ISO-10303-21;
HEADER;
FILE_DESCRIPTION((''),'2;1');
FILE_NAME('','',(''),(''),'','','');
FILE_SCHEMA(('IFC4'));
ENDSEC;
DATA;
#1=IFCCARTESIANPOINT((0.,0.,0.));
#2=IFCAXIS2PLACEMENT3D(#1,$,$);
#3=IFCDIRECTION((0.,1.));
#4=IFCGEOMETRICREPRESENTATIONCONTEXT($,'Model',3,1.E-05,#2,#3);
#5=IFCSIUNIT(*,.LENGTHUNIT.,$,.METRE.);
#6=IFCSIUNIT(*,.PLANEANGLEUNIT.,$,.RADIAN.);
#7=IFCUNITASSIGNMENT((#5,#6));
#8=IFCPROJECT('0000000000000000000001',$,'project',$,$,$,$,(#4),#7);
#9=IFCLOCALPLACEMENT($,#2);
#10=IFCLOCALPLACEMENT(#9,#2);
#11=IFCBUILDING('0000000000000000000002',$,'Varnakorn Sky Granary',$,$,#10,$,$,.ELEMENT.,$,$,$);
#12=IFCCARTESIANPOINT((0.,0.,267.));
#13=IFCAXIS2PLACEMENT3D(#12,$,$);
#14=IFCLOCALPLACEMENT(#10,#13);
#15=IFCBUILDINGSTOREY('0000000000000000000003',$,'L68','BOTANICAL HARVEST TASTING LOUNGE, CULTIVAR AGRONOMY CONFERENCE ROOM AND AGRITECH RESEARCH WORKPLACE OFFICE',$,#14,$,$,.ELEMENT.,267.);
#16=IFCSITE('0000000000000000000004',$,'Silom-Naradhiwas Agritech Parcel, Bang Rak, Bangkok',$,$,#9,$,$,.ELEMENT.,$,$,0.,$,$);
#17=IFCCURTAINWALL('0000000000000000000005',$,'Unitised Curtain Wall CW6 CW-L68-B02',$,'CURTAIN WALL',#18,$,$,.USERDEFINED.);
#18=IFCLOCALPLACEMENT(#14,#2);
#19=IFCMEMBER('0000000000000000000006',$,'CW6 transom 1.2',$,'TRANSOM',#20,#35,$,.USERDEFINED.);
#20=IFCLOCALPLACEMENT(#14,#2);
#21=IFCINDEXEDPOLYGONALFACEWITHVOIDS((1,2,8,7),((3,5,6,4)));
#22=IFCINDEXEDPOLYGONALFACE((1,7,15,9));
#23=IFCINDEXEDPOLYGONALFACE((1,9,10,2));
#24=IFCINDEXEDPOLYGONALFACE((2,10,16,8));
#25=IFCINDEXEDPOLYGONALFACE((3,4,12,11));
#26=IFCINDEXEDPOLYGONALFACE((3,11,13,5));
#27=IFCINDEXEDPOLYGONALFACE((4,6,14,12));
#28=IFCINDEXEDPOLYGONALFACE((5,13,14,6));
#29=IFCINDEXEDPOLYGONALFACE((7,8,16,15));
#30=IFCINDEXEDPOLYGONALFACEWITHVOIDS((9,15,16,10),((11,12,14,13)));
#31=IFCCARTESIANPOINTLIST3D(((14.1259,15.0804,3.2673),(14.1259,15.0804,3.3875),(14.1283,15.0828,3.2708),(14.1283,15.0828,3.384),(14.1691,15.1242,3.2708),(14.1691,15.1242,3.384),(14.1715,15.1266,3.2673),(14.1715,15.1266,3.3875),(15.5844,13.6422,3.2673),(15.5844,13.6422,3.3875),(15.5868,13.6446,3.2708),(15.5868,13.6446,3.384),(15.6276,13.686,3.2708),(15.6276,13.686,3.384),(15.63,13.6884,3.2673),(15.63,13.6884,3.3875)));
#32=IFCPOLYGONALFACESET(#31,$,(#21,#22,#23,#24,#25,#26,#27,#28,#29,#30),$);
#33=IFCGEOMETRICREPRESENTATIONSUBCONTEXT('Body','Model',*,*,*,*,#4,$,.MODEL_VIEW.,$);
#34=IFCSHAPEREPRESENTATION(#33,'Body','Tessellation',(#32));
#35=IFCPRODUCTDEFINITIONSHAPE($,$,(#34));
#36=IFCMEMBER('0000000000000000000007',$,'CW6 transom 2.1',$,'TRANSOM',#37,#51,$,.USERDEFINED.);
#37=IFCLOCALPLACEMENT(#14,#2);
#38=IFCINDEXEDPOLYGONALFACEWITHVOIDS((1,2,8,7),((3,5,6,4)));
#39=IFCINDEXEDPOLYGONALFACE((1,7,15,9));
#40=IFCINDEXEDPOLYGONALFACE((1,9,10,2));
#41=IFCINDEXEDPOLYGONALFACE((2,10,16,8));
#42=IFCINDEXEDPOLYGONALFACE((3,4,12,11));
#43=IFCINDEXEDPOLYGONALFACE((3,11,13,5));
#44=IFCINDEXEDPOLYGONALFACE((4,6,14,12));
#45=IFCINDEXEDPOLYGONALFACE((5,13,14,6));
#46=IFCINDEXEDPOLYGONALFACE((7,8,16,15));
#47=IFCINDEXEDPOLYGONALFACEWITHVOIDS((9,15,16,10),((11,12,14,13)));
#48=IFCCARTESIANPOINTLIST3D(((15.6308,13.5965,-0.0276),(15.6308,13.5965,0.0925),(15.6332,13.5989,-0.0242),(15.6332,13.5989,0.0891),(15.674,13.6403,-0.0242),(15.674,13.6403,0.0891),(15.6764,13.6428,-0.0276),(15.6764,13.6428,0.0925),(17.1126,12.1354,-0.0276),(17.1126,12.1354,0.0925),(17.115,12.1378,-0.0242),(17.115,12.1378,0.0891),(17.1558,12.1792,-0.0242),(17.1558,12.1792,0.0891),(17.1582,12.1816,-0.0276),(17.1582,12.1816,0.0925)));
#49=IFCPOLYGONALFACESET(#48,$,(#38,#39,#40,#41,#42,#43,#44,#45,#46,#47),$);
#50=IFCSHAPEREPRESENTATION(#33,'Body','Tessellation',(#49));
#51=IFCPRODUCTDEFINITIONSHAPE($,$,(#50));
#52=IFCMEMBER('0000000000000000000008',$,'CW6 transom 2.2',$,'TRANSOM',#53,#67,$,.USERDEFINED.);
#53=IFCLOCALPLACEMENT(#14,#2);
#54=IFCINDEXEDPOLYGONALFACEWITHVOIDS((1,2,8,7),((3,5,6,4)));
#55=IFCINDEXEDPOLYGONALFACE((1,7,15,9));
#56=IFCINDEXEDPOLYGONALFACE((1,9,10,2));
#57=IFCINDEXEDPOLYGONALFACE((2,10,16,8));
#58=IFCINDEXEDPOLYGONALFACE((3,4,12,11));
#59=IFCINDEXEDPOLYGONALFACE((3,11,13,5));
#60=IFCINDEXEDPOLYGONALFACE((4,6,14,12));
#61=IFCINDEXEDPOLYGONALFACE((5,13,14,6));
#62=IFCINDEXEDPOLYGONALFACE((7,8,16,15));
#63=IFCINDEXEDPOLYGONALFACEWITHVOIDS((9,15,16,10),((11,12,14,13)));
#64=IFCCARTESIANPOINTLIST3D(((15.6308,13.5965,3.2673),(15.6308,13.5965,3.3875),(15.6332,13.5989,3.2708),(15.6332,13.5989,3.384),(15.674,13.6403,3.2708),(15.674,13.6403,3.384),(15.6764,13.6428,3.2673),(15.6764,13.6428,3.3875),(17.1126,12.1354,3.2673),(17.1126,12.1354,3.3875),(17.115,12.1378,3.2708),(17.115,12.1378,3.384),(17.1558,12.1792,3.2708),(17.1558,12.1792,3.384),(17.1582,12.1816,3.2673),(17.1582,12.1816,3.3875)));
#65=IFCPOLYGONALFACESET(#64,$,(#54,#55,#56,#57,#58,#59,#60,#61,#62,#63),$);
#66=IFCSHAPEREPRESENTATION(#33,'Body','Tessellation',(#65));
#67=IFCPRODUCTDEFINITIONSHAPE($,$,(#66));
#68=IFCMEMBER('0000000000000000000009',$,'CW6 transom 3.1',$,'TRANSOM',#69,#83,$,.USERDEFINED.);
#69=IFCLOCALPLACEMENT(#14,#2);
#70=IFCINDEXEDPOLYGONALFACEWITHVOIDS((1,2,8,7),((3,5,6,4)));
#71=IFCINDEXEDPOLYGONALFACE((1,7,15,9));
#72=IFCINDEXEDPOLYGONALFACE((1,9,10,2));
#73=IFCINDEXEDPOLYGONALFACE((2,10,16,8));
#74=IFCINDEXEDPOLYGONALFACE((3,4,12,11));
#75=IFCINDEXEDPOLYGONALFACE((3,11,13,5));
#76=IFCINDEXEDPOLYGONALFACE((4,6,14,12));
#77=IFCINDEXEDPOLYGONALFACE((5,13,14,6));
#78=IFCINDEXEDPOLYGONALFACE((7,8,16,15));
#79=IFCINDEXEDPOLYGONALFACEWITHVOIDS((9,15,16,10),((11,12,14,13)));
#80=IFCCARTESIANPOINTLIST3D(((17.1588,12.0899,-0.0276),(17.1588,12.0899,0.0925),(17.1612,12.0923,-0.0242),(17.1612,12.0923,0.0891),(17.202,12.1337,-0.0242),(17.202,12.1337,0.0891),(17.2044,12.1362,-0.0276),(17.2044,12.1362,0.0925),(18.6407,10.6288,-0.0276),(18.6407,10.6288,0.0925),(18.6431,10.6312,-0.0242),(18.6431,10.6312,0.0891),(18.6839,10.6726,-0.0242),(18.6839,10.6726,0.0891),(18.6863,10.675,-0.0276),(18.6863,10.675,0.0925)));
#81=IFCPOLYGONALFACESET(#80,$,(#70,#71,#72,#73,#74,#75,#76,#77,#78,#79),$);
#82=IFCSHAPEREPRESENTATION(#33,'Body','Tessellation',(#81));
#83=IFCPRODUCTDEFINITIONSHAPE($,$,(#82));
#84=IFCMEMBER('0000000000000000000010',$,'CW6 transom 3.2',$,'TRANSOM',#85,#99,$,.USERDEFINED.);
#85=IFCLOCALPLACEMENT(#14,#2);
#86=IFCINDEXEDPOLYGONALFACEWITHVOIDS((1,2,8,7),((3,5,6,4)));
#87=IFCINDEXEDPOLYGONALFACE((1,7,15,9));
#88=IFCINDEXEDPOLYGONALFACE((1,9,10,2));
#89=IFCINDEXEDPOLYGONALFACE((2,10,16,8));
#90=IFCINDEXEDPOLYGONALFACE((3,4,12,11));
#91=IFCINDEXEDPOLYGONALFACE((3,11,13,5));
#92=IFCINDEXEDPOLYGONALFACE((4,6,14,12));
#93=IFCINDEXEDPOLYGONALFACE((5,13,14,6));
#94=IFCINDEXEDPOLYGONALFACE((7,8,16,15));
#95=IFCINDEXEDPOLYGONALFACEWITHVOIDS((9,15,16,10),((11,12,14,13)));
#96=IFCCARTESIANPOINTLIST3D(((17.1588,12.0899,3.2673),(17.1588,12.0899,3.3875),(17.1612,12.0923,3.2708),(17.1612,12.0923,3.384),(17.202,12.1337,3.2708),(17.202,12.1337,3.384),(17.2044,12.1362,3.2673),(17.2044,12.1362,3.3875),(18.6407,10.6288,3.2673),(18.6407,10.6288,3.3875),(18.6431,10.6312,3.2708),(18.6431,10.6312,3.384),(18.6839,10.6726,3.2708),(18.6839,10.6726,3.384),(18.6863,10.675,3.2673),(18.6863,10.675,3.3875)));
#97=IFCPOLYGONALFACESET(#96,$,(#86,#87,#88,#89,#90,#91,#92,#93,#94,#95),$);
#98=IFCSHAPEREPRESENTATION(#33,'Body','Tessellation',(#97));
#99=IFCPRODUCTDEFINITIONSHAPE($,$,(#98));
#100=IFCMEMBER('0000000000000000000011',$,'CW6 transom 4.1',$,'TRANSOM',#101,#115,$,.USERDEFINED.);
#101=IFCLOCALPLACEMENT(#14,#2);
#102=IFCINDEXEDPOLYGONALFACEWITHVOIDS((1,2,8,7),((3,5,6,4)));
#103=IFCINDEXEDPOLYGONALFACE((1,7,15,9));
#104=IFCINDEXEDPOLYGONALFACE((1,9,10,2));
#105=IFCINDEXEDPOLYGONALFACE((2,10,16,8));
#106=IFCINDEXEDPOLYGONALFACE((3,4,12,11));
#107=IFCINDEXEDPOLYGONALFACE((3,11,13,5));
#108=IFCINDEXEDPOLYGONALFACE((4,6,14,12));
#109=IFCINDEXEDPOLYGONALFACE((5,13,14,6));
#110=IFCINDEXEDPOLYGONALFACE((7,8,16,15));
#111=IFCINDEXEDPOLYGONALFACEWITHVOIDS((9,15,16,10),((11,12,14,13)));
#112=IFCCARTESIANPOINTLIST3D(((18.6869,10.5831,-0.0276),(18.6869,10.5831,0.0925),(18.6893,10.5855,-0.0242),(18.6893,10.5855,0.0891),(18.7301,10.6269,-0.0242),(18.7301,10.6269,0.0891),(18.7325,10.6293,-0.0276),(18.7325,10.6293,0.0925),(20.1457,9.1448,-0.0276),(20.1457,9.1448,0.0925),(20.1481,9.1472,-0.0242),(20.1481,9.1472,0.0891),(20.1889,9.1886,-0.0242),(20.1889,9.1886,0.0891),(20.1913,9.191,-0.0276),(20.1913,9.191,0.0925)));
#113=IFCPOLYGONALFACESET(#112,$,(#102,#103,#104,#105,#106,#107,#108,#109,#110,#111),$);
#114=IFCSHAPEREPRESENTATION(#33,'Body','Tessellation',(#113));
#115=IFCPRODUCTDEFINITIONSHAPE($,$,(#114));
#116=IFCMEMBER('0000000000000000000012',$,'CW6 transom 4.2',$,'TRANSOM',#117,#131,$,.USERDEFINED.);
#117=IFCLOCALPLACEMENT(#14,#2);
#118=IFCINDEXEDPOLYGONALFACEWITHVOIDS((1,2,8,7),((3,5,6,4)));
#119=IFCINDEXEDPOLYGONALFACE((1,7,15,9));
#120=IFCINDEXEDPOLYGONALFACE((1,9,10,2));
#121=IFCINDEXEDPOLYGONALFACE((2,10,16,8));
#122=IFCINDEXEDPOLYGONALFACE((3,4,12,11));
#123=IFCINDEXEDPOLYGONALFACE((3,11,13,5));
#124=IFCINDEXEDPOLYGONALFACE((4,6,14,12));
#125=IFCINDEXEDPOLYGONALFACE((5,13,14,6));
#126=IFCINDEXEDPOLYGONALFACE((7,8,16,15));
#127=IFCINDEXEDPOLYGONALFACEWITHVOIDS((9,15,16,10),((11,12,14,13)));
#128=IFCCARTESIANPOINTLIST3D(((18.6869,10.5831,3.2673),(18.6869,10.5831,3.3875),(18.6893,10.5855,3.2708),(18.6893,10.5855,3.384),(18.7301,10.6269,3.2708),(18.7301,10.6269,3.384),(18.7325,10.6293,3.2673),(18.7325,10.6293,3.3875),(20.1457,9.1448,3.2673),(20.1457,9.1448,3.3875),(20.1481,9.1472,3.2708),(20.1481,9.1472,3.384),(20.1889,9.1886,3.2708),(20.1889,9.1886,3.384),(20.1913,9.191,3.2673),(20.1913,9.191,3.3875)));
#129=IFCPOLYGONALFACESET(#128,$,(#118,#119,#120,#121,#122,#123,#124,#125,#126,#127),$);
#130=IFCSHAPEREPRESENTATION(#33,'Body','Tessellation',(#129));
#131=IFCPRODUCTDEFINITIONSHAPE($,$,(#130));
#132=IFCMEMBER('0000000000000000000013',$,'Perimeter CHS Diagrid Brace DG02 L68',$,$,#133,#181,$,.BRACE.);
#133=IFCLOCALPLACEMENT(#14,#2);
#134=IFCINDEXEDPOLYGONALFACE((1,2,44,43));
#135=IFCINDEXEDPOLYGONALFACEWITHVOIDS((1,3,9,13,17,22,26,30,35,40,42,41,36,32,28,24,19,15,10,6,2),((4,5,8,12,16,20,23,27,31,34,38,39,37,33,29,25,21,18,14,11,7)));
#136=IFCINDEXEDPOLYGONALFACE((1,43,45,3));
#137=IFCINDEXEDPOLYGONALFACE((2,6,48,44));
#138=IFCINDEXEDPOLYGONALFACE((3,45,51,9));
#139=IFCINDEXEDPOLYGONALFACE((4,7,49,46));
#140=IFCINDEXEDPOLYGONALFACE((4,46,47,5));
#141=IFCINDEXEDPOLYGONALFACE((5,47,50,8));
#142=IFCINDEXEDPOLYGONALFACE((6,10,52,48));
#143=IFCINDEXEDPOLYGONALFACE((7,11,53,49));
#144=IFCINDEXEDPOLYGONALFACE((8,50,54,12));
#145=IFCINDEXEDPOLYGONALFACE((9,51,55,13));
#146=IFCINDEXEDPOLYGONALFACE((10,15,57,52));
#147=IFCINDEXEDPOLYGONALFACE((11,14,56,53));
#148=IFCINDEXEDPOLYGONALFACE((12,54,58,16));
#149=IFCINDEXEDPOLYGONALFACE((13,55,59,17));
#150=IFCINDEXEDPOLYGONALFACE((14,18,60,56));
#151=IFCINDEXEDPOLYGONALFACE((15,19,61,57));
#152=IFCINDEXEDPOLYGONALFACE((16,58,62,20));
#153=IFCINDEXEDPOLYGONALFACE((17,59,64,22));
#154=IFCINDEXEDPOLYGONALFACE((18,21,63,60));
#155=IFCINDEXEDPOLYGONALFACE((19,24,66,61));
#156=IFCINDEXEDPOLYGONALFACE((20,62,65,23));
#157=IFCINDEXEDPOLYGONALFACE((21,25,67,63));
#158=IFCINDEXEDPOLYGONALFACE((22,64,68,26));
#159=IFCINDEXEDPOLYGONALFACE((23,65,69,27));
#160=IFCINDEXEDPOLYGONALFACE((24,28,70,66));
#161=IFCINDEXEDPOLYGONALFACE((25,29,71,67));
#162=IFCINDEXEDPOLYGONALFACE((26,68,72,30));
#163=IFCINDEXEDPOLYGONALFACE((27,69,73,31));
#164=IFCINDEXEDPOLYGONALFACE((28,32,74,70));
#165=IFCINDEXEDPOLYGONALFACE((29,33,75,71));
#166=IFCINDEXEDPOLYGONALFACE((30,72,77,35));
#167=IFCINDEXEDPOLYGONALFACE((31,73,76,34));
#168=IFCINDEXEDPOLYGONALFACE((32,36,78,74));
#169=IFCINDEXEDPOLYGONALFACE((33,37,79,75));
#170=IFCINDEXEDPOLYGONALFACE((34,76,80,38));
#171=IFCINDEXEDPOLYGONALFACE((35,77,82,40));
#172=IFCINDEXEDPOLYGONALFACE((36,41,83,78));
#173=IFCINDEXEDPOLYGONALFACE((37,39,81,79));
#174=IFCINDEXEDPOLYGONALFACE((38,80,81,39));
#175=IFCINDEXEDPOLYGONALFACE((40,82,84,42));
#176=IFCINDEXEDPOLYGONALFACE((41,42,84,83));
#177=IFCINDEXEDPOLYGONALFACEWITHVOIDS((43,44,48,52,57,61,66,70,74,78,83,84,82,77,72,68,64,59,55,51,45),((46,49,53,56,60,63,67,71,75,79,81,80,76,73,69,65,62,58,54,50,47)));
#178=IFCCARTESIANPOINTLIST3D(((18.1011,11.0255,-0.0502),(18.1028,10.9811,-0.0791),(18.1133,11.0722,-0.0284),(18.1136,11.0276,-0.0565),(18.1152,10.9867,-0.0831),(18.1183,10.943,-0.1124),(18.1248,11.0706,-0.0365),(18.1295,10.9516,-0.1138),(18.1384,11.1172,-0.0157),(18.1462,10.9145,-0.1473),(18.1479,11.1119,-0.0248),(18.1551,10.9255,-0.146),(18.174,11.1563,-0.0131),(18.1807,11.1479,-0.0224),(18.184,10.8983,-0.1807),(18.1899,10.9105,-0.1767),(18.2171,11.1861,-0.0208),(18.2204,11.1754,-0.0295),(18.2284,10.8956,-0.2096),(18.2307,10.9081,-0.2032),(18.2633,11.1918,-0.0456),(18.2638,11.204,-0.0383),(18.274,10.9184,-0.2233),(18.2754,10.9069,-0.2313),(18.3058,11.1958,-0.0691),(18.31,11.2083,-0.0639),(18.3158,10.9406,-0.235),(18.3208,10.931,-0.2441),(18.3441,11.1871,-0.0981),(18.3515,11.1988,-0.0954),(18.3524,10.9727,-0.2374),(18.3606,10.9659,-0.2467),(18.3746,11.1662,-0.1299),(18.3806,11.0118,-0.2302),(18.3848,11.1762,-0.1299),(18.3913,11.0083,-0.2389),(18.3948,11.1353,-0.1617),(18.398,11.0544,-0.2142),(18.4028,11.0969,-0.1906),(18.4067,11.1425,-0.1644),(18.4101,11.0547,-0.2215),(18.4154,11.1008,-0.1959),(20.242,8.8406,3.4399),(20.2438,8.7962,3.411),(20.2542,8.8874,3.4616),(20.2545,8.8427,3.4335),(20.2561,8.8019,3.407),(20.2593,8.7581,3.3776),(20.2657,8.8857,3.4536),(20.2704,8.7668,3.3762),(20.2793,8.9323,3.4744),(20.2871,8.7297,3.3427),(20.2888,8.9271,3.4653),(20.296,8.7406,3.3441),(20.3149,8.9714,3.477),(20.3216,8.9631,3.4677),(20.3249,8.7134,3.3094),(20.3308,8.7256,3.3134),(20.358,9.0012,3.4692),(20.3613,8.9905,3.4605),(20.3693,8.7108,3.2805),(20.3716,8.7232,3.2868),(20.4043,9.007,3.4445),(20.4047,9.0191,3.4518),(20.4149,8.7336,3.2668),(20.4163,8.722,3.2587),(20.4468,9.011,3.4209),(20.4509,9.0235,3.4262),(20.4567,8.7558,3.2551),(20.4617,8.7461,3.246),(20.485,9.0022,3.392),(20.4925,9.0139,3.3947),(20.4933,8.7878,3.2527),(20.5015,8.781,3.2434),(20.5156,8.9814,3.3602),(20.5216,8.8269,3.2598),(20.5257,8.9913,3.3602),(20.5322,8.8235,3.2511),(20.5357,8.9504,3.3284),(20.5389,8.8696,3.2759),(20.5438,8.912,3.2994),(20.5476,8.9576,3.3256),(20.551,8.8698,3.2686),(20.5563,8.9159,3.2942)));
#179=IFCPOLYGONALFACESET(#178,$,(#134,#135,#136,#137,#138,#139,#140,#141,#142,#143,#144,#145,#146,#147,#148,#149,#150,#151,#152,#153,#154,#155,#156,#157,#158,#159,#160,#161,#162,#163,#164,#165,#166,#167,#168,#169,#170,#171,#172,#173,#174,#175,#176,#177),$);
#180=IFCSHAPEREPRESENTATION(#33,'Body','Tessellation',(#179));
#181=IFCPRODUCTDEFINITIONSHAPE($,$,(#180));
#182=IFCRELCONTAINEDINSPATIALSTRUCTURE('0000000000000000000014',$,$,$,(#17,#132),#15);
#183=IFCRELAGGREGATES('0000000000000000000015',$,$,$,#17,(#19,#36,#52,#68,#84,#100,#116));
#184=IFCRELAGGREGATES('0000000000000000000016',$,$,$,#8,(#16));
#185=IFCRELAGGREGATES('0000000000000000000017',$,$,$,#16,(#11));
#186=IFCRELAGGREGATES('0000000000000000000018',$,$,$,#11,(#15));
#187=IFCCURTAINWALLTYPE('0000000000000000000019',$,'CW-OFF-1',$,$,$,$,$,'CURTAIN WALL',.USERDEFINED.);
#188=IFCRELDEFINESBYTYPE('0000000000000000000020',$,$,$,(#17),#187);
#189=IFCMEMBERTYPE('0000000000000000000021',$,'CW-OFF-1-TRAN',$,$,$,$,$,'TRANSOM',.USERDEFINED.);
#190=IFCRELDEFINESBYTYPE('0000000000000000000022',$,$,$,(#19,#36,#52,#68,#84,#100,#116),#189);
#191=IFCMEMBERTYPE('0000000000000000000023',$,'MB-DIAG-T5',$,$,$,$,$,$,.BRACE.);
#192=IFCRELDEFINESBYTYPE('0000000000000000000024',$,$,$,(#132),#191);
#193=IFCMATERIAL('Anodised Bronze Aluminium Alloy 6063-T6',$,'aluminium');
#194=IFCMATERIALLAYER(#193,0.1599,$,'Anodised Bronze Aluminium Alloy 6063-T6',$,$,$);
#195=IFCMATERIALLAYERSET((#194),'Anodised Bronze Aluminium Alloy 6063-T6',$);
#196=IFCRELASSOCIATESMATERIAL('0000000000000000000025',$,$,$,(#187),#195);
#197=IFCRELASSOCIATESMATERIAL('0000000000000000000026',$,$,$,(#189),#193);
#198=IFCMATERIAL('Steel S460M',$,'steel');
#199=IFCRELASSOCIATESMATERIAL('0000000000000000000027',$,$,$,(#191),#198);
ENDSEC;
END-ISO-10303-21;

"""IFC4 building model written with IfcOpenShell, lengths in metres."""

from ifc_helpers import new_model, si_unit, direction, frame, origin, origin_2d, place, context, subcontext, project, spatial, hollow_rectangle, hollow_circle, extrude, material, layer, layer_set, material_profile, profile_set, type_object, element, aggregate, save


model = new_model("IFC4")

# Units and contexts
model_context = context("Model", 3, precision=1e-05, world=origin(), true_north=direction((0.0, 1.0)))
body_context = subcontext(model_context, "Body", "Model", "MODEL_VIEW")
ifc_project = project(units=[si_unit("LENGTHUNIT", "METRE"), si_unit("PLANEANGLEUNIT", "RADIAN")], contexts=[model_context])

# Site, building, storey
site_placement = place(None, origin())
site = spatial("IfcSite", under=ifc_project, at=site_placement, Name="Silom-Naradhiwas Agritech Parcel, Bang Rak, Bangkok", CompositionType="ELEMENT", RefElevation=0.0)
building_placement = place(site_placement, origin())
building = spatial("IfcBuilding", under=site, at=building_placement, Name="Varnakorn Sky Granary", CompositionType="ELEMENT")
storey_placement = place(building_placement, frame((0.0, 0.0, 267.0)))
storey = spatial("IfcBuildingStorey", under=building, at=storey_placement, Name="L68", Description="BOTANICAL HARVEST TASTING LOUNGE, CULTIVAR AGRONOMY CONFERENCE ROOM AND AGRITECH RESEARCH WORKPLACE OFFICE", CompositionType="ELEMENT", Elevation=267.0)

# Shared definitions
ifc_material_1 = material(Name="Steel S460M", Category="steel")

# Curtain wall, members
ifc_material_2 = material(Name="Anodised Bronze Aluminium Alloy 6063-T6", Category="aluminium")
ifc_layer_1 = layer(ifc_material_2, 0.1599, Name="Anodised Bronze Aluminium Alloy 6063-T6")
ifc_layer_set_1 = layer_set([ifc_layer_1], Name="Anodised Bronze Aluminium Alloy 6063-T6")
curtain_wall_type = type_object("IfcCurtainWallType", Name="CW-OFF-1", ElementType="CURTAIN WALL", PredefinedType="USERDEFINED", material=ifc_layer_set_1)
curtain_wall_placement = place(storey_placement, origin())
curtain_wall = element("IfcCurtainWall", 1, at=curtain_wall_placement, inside=storey, type_object=curtain_wall_type, Name="Unitised Curtain Wall CW6 CW-L68-B02", ObjectType="CURTAIN WALL", PredefinedType="USERDEFINED")
ifc_material_profile_1 = material_profile(ifc_material_2, hollow_rectangle(XDim=0.0649, YDim=0.1201, WallThickness=0.0034, at=origin_2d()), Name="ALU TRAN 65x120")
ifc_profile_set_1 = profile_set([ifc_material_profile_1], Name="Anodised Bronze Aluminium Alloy 6063-T6")
member_type_1 = type_object("IfcMemberType", Name="CW-OFF-1-TRAN", ElementType="TRANSOM", PredefinedType="USERDEFINED", material=ifc_profile_set_1)
member_1_placement = place(storey_placement, frame((14.1487, 15.1035, 3.3274), z_axis=(0.712036, -0.702143, 0.0), x_axis=(0.702143, 0.712036, 0.0)))
member_1 = element("IfcMember", 2, at=member_1_placement, type_object=member_type_1, Name="CW6 transom 1.2", ObjectType="TRANSOM", PredefinedType="USERDEFINED", context=body_context, shape_type="SweptSolid", body=[
    extrude(hollow_rectangle(XDim=0.0649, YDim=0.1201, WallThickness=0.0034, at=origin_2d()), origin(), (0.0, 0.0, 1.0), 2.0483),
])
member_2_placement = place(storey_placement, frame((15.6536, 13.6196, 0.0325), z_axis=(0.712075, -0.702104, 0.0), x_axis=(0.702104, 0.712075, 0.0)))
member_2 = element("IfcMember", 3, at=member_2_placement, type_object=member_type_1, Name="CW6 transom 2.1", ObjectType="TRANSOM", PredefinedType="USERDEFINED", context=body_context, shape_type="SweptSolid", body=[
    extrude(hollow_rectangle(XDim=0.0649, YDim=0.1201, WallThickness=0.0034, at=origin_2d()), origin(), (0.0, 0.0, 1.0), 2.0811),
])
member_3_placement = place(storey_placement, frame((15.6536, 13.6196, 3.3274), z_axis=(0.712075, -0.702104, 0.0), x_axis=(0.702104, 0.712075, 0.0)))
member_3 = element("IfcMember", 4, at=member_3_placement, type_object=member_type_1, Name="CW6 transom 2.2", ObjectType="TRANSOM", PredefinedType="USERDEFINED", context=body_context, shape_type="SweptSolid", body=[
    extrude(hollow_rectangle(XDim=0.0649, YDim=0.1201, WallThickness=0.0034, at=origin_2d()), origin(), (0.0, 0.0, 1.0), 2.0811),
])
member_4_placement = place(storey_placement, frame((17.1816, 12.113, 0.0325), z_axis=(0.712075, -0.702104, 0.0), x_axis=(0.702104, 0.712075, 0.0)))
member_4 = element("IfcMember", 5, at=member_4_placement, type_object=member_type_1, Name="CW6 transom 3.1", ObjectType="TRANSOM", PredefinedType="USERDEFINED", context=body_context, shape_type="SweptSolid", body=[
    extrude(hollow_rectangle(XDim=0.0649, YDim=0.1201, WallThickness=0.0034, at=origin_2d()), origin(), (0.0, 0.0, 1.0), 2.0811),
])
member_5_placement = place(storey_placement, frame((17.1816, 12.113, 3.3274), z_axis=(0.712075, -0.702104, 0.0), x_axis=(0.702104, 0.712075, 0.0)))
member_5 = element("IfcMember", 6, at=member_5_placement, type_object=member_type_1, Name="CW6 transom 3.2", ObjectType="TRANSOM", PredefinedType="USERDEFINED", context=body_context, shape_type="SweptSolid", body=[
    extrude(hollow_rectangle(XDim=0.0649, YDim=0.1201, WallThickness=0.0034, at=origin_2d()), origin(), (0.0, 0.0, 1.0), 2.0811),
])
member_6_placement = place(storey_placement, frame((18.7097, 10.6062, 0.0325), z_axis=(0.712095, -0.702084, 0.0), x_axis=(0.702084, 0.712095, 0.0)))
member_6 = element("IfcMember", 7, at=member_6_placement, type_object=member_type_1, Name="CW6 transom 4.1", ObjectType="TRANSOM", PredefinedType="USERDEFINED", context=body_context, shape_type="SweptSolid", body=[
    extrude(hollow_rectangle(XDim=0.0649, YDim=0.1201, WallThickness=0.0034, at=origin_2d()), origin(), (0.0, 0.0, 1.0), 2.0486),
])
member_7_placement = place(storey_placement, frame((18.7097, 10.6062, 3.3274), z_axis=(0.712095, -0.702084, 0.0), x_axis=(0.702084, 0.712095, 0.0)))
member_7 = element("IfcMember", 8, at=member_7_placement, type_object=member_type_1, Name="CW6 transom 4.2", ObjectType="TRANSOM", PredefinedType="USERDEFINED", context=body_context, shape_type="SweptSolid", body=[
    extrude(hollow_rectangle(XDim=0.0649, YDim=0.1201, WallThickness=0.0034, at=origin_2d()), origin(), (0.0, 0.0, 1.0), 2.0486),
])

# Member
ifc_material_profile_2 = material_profile(ifc_material_1, hollow_circle(Radius=0.1777, WallThickness=0.0142, at=origin_2d()), Name="CHS 355.6x14")
ifc_profile_set_2 = profile_set([ifc_material_profile_2], Name="Steel S460M")
member_type_2 = type_object("IfcMemberType", Name="MB-DIAG-T5", PredefinedType="BRACE", material=ifc_profile_set_2)
member_8_placement = place(storey_placement, frame((18.2578, 11.0518, -0.1299), z_axis=(0.461317, -0.470787, 0.752028), x_axis=(0.714254, 0.699887, 0.0)))
element("IfcMember", 9, at=member_8_placement, inside=storey, type_object=member_type_2, Name="Perimeter CHS Diagrid Brace DG02 L68", PredefinedType="BRACE", context=body_context, shape_type="SweptSolid", body=[
    extrude(hollow_circle(Radius=0.1777, WallThickness=0.0142, at=origin_2d()), origin(), (0.0, 0.0, 1.0), 4.6409),
])

aggregate(curtain_wall, [member_1, member_2, member_3, member_4, member_5, member_6, member_7])

save(model, "model.ifc")
